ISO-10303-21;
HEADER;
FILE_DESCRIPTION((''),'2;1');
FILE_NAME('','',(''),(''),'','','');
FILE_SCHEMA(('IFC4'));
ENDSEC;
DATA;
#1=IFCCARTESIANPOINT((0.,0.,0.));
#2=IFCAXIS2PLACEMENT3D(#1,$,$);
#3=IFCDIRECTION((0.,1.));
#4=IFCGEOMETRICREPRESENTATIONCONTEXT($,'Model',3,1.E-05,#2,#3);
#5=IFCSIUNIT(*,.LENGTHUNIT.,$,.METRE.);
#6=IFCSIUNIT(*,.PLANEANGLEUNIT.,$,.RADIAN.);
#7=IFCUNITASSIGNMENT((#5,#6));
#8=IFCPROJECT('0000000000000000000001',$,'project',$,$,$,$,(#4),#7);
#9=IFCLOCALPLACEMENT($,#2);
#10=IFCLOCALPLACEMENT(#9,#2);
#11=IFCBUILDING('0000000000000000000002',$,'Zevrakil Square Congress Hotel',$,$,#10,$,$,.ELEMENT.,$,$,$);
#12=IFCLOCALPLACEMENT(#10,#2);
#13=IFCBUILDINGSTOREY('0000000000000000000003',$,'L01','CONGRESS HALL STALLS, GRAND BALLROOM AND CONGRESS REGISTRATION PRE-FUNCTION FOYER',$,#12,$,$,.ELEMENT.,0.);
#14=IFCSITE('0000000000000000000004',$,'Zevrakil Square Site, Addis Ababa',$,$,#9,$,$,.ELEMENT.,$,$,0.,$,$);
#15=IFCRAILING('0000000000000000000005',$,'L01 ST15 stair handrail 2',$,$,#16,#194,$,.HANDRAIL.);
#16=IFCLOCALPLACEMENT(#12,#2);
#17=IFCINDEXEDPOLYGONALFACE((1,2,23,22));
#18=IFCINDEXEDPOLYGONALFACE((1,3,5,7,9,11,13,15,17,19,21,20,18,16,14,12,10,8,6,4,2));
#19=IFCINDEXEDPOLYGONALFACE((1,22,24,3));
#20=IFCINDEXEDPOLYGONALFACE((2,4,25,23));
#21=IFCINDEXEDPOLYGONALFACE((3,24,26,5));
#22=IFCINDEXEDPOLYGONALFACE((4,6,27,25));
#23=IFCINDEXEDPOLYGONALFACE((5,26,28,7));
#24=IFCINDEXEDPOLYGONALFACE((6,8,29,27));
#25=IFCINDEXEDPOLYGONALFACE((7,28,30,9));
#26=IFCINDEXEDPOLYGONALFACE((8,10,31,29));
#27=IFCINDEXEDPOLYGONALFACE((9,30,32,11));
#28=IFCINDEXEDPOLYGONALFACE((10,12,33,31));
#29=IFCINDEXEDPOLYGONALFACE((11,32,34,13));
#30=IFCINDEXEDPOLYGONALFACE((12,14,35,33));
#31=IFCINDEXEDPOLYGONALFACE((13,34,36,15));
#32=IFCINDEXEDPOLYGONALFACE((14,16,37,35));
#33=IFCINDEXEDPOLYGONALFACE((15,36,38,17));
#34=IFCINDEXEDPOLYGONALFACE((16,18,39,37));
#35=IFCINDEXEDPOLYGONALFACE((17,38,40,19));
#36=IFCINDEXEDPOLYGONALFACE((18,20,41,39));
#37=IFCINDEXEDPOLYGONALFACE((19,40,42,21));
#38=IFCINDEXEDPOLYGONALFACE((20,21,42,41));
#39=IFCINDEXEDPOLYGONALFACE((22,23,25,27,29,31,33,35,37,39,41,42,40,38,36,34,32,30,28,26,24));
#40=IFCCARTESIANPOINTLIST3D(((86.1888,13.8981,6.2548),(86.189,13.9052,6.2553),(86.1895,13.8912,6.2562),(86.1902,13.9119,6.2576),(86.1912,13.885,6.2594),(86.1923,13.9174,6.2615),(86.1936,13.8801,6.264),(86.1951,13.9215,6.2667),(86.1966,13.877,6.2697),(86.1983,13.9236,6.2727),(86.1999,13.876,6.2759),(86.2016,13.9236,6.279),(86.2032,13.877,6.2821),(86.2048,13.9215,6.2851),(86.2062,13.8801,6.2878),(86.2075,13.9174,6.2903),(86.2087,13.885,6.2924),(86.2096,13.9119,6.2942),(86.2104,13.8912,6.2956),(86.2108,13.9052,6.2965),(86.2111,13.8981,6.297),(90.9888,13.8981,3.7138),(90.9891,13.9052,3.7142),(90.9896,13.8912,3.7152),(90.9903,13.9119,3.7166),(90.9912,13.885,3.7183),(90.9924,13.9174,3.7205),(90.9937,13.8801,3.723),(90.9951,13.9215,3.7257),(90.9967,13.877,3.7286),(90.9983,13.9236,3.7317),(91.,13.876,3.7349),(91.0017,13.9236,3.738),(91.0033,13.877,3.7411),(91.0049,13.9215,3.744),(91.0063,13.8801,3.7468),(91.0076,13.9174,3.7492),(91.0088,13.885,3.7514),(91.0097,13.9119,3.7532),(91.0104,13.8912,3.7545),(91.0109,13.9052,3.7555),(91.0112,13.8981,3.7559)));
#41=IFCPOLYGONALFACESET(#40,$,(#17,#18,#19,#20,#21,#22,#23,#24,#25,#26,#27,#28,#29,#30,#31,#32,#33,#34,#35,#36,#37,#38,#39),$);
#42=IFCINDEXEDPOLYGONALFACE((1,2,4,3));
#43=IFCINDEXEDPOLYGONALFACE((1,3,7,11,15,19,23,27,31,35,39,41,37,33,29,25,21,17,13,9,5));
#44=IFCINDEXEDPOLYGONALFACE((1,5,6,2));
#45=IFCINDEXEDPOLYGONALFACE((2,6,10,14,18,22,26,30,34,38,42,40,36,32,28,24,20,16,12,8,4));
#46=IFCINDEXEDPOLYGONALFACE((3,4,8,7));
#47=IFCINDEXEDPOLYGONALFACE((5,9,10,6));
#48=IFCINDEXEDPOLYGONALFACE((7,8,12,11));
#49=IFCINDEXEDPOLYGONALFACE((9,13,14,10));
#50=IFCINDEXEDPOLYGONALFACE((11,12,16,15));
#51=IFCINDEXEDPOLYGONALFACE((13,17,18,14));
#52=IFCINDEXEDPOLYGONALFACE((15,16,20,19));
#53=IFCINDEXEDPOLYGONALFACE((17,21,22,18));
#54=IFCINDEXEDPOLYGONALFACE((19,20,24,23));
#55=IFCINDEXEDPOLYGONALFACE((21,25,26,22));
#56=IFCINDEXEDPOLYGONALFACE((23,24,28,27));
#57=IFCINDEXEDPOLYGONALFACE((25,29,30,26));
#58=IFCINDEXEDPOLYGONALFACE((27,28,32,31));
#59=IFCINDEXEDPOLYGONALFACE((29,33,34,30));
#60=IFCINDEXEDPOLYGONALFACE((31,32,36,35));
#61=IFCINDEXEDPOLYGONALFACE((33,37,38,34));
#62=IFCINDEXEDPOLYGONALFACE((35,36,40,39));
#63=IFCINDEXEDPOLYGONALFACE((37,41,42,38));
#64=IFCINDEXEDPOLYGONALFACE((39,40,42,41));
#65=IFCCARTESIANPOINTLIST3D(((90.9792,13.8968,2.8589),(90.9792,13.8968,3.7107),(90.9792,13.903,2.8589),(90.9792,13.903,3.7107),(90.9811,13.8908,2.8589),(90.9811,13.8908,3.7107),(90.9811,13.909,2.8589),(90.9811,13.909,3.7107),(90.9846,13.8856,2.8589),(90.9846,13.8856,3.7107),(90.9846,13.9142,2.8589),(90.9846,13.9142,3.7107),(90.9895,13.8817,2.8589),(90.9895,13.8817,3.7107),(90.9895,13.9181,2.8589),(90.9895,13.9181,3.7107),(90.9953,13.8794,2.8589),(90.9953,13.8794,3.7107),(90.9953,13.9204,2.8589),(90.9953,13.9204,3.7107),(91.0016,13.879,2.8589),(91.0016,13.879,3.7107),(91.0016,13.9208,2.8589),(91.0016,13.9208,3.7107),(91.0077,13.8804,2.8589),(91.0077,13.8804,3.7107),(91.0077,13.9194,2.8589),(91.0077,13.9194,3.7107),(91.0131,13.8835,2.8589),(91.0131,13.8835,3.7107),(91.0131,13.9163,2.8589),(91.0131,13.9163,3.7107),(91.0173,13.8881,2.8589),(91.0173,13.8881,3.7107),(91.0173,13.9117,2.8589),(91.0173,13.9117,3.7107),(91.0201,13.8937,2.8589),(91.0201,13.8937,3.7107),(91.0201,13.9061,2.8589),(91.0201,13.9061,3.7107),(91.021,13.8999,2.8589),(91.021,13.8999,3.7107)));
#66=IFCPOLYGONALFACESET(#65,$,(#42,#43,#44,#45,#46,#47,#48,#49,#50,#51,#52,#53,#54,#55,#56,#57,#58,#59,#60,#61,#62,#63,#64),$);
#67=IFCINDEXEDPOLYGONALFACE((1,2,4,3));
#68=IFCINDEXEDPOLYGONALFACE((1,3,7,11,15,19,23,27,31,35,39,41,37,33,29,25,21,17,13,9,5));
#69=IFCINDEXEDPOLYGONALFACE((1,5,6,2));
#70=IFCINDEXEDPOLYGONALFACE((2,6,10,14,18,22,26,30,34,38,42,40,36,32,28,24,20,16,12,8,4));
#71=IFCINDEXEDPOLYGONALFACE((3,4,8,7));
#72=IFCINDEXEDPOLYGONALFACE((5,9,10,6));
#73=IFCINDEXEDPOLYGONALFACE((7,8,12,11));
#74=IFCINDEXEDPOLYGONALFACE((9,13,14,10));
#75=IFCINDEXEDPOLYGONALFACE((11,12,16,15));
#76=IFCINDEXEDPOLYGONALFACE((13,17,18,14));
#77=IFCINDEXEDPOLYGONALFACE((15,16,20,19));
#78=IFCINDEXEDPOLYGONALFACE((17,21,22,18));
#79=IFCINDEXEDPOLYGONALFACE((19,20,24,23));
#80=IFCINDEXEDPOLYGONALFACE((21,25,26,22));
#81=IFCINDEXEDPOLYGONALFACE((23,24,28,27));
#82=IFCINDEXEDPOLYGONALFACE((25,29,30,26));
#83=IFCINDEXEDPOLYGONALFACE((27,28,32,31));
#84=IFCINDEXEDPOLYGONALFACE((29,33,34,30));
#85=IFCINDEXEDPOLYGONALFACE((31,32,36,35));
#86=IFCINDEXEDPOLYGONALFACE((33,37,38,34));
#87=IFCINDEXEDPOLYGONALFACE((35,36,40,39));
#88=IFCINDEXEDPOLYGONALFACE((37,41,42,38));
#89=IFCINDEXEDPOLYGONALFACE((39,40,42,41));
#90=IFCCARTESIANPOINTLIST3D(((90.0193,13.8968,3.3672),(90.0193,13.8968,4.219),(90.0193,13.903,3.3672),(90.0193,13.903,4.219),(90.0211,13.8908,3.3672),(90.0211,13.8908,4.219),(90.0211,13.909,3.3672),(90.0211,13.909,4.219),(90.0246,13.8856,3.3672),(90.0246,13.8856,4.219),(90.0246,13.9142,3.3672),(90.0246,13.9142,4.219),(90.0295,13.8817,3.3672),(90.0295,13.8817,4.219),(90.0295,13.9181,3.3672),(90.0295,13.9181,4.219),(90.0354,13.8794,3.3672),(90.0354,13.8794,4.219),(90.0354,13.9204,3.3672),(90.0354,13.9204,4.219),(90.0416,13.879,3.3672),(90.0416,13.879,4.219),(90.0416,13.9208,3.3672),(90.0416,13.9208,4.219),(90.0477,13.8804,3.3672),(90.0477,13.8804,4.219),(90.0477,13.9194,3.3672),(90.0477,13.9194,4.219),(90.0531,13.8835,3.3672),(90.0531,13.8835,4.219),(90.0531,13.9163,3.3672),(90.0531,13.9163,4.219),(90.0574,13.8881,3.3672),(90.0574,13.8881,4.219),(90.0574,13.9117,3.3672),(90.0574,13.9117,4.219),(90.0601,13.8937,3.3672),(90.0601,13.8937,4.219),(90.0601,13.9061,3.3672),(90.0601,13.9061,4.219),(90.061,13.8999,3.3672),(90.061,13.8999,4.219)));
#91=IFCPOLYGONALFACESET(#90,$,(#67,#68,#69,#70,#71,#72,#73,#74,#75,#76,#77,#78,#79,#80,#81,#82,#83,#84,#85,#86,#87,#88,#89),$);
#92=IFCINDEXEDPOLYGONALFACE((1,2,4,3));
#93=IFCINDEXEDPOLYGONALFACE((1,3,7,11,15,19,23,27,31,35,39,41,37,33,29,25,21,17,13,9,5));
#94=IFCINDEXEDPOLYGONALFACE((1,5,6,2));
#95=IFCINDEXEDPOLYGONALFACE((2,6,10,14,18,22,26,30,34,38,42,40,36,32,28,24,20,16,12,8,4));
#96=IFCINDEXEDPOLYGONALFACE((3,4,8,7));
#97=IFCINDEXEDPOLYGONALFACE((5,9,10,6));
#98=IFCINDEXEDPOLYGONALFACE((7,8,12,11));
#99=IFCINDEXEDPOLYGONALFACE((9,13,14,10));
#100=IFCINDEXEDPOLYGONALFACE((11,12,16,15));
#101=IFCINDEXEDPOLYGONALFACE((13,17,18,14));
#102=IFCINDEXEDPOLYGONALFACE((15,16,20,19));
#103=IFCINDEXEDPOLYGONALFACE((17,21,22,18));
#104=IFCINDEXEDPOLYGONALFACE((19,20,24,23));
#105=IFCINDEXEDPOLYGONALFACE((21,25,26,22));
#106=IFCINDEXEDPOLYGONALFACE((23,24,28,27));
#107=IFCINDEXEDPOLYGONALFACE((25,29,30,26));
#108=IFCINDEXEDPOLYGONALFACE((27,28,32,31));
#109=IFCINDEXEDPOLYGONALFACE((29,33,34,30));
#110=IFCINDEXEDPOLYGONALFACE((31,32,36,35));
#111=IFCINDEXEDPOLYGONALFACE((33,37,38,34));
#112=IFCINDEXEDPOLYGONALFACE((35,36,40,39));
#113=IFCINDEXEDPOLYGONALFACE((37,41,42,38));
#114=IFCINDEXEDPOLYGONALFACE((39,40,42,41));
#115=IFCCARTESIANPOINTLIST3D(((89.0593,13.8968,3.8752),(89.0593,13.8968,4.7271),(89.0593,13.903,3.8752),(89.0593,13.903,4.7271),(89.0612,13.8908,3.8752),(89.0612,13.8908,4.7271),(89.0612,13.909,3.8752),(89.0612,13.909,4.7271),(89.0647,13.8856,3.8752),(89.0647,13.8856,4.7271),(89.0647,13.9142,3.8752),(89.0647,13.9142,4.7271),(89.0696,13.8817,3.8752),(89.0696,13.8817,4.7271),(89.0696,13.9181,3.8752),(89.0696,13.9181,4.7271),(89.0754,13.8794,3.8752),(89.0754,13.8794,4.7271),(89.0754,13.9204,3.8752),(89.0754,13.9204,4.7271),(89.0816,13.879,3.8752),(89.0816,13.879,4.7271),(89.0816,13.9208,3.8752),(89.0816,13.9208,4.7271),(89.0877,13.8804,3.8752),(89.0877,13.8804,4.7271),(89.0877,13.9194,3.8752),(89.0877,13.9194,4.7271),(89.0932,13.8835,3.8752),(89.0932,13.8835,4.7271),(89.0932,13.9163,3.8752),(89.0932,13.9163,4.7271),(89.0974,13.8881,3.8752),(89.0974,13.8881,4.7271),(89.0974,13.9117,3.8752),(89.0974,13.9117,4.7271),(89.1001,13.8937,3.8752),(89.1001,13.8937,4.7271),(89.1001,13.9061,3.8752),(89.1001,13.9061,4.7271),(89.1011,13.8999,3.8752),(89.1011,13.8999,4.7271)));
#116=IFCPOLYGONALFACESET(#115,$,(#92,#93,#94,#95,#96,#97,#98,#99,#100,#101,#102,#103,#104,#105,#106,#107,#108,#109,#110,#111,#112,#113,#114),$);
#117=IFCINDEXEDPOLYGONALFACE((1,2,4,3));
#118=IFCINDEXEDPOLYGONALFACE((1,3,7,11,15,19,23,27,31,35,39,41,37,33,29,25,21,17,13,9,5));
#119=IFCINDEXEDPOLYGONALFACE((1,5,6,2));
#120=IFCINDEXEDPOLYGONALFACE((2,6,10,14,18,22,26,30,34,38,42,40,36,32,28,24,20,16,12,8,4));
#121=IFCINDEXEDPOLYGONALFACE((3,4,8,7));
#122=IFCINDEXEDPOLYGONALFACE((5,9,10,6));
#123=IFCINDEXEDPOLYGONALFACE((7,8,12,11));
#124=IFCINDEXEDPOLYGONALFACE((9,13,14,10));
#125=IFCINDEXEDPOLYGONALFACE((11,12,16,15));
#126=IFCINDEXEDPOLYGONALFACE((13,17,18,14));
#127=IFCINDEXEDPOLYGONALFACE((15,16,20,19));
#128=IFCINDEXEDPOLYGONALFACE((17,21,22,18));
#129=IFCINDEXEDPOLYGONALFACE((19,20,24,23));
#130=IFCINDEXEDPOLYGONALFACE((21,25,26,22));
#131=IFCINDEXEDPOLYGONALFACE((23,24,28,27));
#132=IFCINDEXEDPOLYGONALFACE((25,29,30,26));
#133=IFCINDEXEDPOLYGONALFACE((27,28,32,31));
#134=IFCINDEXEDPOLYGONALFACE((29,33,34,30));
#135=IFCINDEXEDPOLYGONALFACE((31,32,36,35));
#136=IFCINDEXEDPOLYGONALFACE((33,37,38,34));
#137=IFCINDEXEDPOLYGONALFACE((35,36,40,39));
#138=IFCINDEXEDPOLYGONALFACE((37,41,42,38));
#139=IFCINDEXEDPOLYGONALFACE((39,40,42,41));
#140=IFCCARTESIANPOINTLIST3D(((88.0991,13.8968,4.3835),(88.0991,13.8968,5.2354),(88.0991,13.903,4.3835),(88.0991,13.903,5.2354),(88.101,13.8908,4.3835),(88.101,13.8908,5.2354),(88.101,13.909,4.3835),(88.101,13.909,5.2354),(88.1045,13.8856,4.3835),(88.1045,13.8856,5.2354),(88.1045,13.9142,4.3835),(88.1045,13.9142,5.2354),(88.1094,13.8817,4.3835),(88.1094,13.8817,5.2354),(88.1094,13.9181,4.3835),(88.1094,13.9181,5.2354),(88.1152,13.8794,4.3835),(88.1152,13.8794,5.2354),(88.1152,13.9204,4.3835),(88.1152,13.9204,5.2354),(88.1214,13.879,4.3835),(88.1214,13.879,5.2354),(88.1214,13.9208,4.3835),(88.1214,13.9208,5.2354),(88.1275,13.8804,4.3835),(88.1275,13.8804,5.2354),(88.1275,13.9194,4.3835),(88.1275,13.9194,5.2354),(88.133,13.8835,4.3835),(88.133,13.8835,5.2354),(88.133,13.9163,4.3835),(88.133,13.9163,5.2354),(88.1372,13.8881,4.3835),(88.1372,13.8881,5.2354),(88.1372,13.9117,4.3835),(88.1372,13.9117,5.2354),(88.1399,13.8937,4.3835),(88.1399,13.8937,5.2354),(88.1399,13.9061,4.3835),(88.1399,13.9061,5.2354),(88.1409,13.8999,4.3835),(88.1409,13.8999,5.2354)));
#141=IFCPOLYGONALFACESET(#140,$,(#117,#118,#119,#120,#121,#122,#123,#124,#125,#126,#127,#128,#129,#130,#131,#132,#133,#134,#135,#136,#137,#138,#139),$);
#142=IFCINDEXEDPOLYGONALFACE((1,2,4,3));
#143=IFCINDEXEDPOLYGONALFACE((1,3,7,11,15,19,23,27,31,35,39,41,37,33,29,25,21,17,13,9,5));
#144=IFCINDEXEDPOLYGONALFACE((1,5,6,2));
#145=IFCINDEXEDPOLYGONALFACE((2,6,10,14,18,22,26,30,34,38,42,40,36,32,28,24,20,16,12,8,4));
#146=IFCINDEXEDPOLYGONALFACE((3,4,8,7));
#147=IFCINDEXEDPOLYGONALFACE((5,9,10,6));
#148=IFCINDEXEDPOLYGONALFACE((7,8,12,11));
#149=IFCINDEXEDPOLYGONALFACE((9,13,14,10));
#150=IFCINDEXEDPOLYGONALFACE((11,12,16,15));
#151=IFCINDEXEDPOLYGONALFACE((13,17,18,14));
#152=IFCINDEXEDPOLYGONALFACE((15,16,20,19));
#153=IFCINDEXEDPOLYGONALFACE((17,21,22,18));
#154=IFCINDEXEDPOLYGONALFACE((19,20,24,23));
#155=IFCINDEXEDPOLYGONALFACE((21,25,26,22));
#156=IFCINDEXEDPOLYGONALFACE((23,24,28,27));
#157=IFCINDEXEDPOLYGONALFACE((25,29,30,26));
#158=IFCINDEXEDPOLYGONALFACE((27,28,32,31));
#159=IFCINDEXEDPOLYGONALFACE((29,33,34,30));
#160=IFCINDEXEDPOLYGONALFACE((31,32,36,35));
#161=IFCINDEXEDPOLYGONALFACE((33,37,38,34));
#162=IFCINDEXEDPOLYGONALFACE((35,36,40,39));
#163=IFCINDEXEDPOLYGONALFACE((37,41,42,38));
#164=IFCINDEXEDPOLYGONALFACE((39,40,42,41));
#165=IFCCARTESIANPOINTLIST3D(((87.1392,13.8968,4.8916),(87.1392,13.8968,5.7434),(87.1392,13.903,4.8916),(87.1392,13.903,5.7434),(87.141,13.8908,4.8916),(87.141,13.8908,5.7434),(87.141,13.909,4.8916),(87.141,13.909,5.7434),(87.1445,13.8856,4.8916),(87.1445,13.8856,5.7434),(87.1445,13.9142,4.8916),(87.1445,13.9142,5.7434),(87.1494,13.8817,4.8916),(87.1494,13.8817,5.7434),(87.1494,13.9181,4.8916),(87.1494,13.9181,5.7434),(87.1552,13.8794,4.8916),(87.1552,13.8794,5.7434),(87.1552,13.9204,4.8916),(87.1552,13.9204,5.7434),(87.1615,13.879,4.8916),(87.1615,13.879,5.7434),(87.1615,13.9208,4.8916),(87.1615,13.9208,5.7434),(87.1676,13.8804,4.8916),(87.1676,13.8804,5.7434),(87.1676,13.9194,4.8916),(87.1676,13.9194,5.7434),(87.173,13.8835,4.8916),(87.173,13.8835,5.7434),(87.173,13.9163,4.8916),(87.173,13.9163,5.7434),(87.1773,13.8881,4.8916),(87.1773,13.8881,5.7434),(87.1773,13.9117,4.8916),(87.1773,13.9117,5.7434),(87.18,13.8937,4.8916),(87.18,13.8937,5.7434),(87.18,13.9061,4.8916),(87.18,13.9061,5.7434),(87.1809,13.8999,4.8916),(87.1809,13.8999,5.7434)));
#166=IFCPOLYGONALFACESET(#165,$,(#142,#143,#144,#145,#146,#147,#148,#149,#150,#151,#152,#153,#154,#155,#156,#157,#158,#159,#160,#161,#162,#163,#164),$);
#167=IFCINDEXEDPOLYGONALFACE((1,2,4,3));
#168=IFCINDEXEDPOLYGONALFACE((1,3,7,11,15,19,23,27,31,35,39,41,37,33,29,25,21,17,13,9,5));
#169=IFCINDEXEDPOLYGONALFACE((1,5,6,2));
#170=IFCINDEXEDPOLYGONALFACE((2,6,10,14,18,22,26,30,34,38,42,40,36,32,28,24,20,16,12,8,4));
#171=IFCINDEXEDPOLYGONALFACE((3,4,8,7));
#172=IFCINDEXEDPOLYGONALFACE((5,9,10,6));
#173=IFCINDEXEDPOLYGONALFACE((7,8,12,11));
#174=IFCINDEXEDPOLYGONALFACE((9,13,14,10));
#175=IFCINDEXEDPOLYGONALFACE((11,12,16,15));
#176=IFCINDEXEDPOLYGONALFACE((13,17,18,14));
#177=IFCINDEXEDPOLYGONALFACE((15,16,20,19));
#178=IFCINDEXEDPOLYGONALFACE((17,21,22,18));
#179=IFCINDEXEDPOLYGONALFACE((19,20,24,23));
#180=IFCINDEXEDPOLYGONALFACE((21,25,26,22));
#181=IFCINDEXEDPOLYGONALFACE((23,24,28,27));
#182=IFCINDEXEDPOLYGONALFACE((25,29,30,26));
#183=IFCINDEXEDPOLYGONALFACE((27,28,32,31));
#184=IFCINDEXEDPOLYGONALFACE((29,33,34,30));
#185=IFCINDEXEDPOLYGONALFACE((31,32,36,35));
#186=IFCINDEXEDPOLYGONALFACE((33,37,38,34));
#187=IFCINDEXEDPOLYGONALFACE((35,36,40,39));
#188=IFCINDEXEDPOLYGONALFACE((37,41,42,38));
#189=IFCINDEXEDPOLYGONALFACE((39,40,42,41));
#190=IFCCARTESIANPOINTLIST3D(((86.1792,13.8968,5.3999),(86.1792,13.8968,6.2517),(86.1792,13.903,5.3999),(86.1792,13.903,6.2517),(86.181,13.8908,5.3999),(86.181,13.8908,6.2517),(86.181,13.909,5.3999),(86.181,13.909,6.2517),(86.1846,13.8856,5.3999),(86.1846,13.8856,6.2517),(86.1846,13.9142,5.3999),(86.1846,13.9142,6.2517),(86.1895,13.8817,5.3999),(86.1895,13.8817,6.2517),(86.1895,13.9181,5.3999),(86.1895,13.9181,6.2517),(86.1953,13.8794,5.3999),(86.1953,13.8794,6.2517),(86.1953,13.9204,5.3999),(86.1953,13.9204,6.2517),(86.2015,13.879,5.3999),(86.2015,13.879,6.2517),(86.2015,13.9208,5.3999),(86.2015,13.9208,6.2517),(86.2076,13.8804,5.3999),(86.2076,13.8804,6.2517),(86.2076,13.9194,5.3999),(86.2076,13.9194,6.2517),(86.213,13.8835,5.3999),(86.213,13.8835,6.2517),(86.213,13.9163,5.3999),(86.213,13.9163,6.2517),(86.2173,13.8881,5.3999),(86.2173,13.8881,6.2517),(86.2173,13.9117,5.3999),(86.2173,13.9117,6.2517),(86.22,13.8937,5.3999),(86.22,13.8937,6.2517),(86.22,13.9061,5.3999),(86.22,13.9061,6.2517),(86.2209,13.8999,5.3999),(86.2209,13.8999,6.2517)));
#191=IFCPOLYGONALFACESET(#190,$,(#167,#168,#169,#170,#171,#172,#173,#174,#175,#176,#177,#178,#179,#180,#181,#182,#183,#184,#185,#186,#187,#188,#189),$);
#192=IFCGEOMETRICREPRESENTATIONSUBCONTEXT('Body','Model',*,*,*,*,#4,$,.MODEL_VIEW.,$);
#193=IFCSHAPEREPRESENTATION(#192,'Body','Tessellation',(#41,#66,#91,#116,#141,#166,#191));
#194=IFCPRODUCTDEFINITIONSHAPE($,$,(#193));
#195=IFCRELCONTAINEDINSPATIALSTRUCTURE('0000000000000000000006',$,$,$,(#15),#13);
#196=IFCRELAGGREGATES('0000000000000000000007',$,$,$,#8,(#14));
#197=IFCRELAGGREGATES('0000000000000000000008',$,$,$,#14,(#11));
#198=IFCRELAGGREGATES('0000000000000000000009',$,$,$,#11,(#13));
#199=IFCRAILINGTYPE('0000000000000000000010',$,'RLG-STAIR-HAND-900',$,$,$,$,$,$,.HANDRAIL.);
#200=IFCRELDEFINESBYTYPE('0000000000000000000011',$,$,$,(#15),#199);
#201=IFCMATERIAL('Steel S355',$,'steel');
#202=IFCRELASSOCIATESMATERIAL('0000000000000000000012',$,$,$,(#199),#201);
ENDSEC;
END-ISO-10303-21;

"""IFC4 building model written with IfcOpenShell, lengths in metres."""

from ifc_helpers import new_model, si_unit, direction, frame, origin, origin_2d, place, context, subcontext, project, spatial, circle, extrude, material, type_object, element, save


model = new_model("IFC4")

# Units and contexts
model_context = context("Model", 3, precision=1e-05, world=origin(), true_north=direction((0.0, 1.0)))
body_context = subcontext(model_context, "Body", "Model", "MODEL_VIEW")
ifc_project = project(units=[si_unit("LENGTHUNIT", "METRE"), si_unit("PLANEANGLEUNIT", "RADIAN")], contexts=[model_context])

# Site, building, storey
site_placement = place(None, origin())
site = spatial("IfcSite", under=ifc_project, at=site_placement, Name="Zevrakil Square Site, Addis Ababa", CompositionType="ELEMENT", RefElevation=0.0)
building_placement = place(site_placement, origin())
building = spatial("IfcBuilding", under=site, at=building_placement, Name="Zevrakil Square Congress Hotel", CompositionType="ELEMENT")
storey_placement = place(building_placement, origin())
storey = spatial("IfcBuildingStorey", under=building, at=storey_placement, Name="L01", Description="CONGRESS HALL STALLS, GRAND BALLROOM AND CONGRESS REGISTRATION PRE-FUNCTION FOYER", CompositionType="ELEMENT", Elevation=0.0)

# Railing
ifc_material_1 = material(Name="Steel S355", Category="steel")
railing_type_1 = type_object("IfcRailingType", Name="RLG-STAIR-HAND-900", PredefinedType="HANDRAIL", material=ifc_material_1)
railing_1_placement = place(storey_placement, frame((91.0, 13.8999, 2.8589)))
element("IfcRailing", 1, at=railing_1_placement, inside=storey, type_object=railing_type_1, Name="L01 ST15 stair handrail 2", PredefinedType="HANDRAIL", context=body_context, shape_type="SweptSolid", body=[
    extrude(circle(Radius=0.0239, at=origin_2d()), frame((0.0, 0.0, 0.876), z_axis=(-0.883802, 0.0, 0.467861), x_axis=(0.0, -1.0, 0.0)), (0.0, 0.0, 1.0), 5.4312),
    extrude(circle(Radius=0.021, at=origin_2d()), origin(), (0.0, 0.0, 1.0), 0.8518),
    extrude(circle(Radius=0.021, at=origin_2d()), frame((-0.96, 0.0, 0.5083)), (0.0, 0.0, 1.0), 0.8518),
    extrude(circle(Radius=0.021, at=origin_2d()), frame((-1.9199, 0.0, 1.0164)), (0.0, 0.0, 1.0), 0.8518),
    extrude(circle(Radius=0.021, at=origin_2d()), frame((-2.8801, 0.0, 1.5247)), (0.0, 0.0, 1.0), 0.8518),
    extrude(circle(Radius=0.021, at=origin_2d()), frame((-3.8401, 0.0, 2.0327)), (0.0, 0.0, 1.0), 0.8518),
    extrude(circle(Radius=0.021, at=origin_2d()), frame((-4.8, 0.0, 2.541)), (0.0, 0.0, 1.0), 0.8518),
])

save(model, "model.ifc")
